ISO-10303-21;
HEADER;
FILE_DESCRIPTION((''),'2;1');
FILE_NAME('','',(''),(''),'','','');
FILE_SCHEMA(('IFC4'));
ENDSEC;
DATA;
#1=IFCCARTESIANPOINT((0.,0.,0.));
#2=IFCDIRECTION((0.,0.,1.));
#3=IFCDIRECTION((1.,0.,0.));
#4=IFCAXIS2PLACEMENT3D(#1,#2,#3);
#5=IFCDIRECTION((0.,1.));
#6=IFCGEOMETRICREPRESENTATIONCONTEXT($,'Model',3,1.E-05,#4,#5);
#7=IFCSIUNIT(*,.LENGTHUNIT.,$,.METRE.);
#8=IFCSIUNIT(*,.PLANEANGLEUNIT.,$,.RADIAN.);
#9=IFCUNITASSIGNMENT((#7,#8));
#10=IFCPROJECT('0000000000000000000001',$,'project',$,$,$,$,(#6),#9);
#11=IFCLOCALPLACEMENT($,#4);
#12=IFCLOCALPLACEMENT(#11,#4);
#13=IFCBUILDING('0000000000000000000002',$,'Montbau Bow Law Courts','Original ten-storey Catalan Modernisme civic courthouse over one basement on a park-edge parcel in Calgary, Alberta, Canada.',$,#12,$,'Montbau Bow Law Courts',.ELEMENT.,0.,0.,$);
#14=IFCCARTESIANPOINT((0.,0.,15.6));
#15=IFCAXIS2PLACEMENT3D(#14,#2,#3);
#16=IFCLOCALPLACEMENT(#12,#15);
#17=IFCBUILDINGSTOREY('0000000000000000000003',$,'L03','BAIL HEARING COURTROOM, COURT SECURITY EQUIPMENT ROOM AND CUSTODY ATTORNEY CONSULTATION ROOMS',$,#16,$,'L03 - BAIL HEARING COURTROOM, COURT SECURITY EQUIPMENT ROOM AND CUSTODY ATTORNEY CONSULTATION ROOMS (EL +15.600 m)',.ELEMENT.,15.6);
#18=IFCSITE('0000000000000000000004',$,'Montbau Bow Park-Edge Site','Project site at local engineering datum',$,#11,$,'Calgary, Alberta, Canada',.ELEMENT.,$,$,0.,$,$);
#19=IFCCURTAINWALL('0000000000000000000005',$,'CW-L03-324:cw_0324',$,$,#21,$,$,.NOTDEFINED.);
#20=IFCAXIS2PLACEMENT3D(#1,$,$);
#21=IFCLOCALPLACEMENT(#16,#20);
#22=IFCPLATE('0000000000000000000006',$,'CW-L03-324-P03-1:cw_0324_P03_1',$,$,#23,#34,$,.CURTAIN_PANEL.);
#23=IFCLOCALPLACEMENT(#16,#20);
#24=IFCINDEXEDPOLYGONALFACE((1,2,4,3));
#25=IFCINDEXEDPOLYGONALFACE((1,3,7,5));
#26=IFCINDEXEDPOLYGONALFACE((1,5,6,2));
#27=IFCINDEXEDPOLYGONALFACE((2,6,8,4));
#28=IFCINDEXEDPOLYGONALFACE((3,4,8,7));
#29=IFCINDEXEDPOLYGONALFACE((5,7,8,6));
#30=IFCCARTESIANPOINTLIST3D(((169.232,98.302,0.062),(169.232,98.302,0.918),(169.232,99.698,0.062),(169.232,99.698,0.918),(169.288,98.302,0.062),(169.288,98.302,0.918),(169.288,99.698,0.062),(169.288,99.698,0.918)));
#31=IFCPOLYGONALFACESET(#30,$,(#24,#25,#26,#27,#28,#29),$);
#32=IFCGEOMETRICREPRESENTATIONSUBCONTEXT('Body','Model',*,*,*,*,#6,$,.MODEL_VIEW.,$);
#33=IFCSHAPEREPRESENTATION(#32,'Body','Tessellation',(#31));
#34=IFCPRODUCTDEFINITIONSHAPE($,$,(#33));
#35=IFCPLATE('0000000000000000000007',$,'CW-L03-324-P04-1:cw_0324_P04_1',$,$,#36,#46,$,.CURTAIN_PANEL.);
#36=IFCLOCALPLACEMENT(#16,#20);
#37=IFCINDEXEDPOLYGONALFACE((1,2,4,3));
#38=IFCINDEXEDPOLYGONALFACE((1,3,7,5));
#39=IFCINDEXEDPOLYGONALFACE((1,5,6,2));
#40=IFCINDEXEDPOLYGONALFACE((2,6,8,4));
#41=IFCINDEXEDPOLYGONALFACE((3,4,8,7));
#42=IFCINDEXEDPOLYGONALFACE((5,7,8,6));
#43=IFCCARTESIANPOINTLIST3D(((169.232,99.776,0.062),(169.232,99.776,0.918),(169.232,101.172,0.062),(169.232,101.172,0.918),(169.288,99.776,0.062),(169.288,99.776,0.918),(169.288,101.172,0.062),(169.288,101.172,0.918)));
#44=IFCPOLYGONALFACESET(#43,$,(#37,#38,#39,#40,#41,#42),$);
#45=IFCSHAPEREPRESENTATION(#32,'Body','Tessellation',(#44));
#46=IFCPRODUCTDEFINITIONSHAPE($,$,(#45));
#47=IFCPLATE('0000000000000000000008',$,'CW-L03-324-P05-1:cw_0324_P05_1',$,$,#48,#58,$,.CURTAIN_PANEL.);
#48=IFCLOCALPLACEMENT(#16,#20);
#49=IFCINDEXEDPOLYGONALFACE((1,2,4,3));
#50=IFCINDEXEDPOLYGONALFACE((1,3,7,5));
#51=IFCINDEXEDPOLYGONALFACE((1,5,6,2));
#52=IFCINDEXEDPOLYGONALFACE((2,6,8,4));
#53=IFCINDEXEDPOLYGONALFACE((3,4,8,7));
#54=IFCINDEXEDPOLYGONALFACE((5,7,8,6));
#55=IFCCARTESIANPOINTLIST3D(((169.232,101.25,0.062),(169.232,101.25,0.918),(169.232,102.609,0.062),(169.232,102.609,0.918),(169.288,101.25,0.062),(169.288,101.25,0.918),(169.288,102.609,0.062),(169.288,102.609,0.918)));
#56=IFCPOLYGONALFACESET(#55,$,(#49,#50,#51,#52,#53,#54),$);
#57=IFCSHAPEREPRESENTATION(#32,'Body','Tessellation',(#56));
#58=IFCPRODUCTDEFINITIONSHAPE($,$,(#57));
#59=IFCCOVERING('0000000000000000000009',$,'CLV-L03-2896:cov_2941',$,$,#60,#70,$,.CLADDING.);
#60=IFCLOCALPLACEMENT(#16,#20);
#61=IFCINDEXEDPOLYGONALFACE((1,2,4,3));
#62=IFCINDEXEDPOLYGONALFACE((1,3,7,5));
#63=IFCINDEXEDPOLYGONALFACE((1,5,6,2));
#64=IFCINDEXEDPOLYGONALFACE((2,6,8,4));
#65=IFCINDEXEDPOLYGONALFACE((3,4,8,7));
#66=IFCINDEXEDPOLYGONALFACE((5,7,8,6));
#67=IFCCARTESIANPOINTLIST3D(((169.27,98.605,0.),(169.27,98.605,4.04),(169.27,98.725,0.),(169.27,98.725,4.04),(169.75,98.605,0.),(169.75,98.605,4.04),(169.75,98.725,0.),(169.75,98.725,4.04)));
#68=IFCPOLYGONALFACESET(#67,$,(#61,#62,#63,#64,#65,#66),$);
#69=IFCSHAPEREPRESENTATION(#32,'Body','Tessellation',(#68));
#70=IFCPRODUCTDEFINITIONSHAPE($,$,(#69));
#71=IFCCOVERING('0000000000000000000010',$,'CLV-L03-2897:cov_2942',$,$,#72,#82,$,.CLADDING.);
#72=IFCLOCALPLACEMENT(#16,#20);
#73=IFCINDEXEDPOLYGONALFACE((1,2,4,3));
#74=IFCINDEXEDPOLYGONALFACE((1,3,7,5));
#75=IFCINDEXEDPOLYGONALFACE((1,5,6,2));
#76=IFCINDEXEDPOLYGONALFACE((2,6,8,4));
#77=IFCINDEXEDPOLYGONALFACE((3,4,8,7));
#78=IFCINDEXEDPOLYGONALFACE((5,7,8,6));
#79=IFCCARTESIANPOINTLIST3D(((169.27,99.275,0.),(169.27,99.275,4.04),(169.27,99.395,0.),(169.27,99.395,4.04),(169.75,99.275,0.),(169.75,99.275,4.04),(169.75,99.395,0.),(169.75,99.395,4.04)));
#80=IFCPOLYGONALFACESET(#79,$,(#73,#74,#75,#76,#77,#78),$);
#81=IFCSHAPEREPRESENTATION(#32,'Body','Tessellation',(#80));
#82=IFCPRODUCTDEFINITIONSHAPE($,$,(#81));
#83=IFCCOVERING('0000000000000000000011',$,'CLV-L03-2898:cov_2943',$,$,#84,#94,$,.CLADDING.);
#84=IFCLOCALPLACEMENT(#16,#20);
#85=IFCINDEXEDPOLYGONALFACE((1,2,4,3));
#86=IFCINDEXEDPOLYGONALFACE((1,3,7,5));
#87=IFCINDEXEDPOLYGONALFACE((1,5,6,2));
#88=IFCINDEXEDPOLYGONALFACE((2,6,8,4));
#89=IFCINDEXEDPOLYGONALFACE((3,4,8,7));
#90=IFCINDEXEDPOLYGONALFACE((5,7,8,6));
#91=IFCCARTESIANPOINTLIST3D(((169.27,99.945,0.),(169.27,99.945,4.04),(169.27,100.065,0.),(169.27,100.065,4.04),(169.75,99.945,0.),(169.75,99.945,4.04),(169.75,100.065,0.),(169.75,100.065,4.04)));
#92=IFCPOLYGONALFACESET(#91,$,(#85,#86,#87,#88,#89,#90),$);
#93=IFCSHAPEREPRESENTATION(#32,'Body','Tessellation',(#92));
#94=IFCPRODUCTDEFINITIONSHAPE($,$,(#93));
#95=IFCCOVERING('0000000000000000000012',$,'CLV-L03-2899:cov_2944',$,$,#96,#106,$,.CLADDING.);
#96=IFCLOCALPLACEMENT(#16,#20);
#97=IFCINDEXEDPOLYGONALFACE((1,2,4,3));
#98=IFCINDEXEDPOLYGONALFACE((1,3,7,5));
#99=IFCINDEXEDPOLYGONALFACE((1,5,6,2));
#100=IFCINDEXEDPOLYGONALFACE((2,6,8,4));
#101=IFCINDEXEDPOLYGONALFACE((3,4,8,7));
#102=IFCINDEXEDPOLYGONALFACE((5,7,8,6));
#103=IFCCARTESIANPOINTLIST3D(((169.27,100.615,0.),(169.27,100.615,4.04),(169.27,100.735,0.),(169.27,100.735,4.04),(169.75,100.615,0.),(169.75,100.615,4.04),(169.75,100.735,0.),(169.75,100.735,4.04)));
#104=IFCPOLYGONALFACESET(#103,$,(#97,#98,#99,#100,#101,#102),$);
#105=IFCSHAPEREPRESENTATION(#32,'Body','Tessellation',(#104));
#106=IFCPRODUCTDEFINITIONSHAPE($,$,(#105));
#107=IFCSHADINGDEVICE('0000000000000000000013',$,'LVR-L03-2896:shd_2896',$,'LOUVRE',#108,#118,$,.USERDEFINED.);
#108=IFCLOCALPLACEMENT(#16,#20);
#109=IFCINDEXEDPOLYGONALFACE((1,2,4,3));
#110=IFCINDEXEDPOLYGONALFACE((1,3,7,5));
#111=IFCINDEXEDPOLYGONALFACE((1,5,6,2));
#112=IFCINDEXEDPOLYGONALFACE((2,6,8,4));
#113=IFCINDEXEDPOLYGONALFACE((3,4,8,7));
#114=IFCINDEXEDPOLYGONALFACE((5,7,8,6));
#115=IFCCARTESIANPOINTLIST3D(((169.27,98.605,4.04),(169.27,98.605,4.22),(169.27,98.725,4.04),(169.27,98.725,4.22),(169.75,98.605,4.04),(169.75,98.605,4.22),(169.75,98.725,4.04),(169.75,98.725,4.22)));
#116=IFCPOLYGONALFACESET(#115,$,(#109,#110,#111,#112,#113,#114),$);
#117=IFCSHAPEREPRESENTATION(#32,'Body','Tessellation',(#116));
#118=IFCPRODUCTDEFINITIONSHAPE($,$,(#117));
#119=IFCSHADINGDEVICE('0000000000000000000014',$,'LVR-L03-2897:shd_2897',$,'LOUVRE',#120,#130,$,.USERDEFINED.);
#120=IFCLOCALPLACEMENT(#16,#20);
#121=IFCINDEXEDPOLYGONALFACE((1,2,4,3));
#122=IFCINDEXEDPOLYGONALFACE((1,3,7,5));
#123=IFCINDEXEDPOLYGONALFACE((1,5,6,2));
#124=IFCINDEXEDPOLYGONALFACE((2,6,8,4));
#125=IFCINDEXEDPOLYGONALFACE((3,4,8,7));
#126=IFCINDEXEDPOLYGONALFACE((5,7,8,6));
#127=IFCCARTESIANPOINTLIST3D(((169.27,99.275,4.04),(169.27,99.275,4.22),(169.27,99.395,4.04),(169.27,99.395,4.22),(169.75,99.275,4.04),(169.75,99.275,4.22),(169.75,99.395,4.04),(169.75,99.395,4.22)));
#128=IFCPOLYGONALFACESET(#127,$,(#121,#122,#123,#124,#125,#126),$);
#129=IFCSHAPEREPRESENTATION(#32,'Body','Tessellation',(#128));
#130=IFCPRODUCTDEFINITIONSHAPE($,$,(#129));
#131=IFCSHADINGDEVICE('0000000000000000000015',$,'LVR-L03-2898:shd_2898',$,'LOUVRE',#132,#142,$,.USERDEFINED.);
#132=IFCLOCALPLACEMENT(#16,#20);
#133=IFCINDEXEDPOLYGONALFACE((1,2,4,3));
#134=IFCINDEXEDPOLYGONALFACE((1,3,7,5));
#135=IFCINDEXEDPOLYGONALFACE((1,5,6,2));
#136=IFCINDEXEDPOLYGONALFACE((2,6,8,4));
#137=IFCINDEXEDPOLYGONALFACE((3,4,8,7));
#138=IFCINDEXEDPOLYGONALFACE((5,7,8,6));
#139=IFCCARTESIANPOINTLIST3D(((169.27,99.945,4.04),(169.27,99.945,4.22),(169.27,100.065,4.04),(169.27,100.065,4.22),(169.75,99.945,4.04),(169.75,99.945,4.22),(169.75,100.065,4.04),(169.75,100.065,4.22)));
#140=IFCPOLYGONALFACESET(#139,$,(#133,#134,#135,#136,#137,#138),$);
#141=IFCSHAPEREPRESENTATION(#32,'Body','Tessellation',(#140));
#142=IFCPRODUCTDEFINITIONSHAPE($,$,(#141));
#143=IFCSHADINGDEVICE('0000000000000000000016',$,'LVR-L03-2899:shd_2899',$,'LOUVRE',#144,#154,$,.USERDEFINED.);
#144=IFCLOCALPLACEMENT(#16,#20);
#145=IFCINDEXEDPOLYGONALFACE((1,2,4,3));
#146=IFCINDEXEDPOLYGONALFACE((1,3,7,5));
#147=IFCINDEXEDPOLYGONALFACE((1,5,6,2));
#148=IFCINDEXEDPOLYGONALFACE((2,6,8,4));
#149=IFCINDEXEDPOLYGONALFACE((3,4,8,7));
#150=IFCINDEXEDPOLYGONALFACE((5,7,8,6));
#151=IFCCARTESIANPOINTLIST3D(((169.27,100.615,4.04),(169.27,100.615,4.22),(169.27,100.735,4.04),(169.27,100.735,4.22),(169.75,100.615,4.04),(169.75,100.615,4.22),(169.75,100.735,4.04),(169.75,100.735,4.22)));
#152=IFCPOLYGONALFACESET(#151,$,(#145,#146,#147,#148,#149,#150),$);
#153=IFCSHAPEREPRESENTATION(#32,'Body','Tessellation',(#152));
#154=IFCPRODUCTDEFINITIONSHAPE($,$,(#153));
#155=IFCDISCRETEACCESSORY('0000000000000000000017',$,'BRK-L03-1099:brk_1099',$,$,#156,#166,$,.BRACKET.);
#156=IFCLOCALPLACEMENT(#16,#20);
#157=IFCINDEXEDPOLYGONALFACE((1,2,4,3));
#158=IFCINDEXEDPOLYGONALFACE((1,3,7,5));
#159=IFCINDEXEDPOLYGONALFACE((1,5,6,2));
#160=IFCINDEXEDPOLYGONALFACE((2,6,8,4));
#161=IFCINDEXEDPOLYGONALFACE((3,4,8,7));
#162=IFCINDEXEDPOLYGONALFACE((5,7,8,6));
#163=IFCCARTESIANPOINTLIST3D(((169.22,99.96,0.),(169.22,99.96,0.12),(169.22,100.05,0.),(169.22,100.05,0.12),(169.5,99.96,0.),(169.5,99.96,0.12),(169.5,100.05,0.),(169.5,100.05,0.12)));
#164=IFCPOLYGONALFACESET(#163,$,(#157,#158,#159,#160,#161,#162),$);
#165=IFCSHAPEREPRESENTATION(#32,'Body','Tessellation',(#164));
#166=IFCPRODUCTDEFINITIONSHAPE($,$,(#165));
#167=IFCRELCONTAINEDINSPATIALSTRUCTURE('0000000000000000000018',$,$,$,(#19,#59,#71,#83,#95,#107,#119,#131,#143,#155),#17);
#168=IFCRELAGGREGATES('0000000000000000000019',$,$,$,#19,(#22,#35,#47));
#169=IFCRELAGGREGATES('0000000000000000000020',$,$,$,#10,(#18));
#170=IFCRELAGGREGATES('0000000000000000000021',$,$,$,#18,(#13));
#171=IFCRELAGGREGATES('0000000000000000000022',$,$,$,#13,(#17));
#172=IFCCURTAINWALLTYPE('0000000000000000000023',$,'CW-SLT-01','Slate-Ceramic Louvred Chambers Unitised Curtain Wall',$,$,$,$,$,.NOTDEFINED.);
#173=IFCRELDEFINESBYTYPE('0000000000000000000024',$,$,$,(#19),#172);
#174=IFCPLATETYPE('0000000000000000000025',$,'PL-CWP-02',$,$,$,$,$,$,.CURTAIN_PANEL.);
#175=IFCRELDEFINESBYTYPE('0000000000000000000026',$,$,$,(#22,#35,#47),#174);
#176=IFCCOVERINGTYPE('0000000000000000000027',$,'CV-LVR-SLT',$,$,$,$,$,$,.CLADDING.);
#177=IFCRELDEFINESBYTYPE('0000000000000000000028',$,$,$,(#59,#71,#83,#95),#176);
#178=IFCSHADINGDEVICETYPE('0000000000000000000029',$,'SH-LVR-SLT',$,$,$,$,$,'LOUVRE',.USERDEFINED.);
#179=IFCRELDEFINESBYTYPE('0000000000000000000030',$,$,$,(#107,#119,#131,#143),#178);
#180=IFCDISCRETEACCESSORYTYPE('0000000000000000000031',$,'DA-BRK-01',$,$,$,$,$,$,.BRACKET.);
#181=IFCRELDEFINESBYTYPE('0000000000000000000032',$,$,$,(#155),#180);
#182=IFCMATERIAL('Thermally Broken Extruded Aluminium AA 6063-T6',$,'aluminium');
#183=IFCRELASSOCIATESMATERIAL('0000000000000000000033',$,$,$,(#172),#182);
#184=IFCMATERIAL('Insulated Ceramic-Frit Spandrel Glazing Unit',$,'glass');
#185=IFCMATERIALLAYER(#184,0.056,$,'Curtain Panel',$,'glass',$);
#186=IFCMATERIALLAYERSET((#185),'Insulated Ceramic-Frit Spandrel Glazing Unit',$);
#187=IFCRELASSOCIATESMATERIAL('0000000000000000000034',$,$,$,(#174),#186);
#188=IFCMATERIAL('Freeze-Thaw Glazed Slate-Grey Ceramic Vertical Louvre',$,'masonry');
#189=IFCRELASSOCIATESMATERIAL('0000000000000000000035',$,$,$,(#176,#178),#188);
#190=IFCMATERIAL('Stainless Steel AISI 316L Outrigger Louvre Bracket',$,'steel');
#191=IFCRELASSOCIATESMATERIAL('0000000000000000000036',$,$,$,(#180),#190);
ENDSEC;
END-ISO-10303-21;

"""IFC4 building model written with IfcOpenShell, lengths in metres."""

from ifc_helpers import new_model, si_unit, direction, frame, frame_2d, origin_with_axes, origin_2d_with_axis, place, context, subcontext, project, spatial, rectangle, extrude, material, layer, layer_set, type_object, element, aggregate, save


model = new_model("IFC4")

# Units and contexts
model_context = context("Model", 3, precision=1e-05, world=origin_with_axes(), true_north=direction((0.0, 1.0)))
body_context = subcontext(model_context, "Body", "Model", "MODEL_VIEW")
ifc_project = project(units=[si_unit("LENGTHUNIT", "METRE"), si_unit("PLANEANGLEUNIT", "RADIAN")], contexts=[model_context])

# Site, building, storey
site_placement = place(None, origin_with_axes())
site = spatial("IfcSite", under=ifc_project, at=site_placement, Name="Montbau Bow Park-Edge Site", Description="Project site at local engineering datum", LongName="Calgary, Alberta, Canada", CompositionType="ELEMENT", RefElevation=0.0)
building_placement = place(site_placement, origin_with_axes())
building = spatial("IfcBuilding", under=site, at=building_placement, Name="Montbau Bow Law Courts", Description="Original ten-storey Catalan Modernisme civic courthouse over one basement on a park-edge parcel in Calgary, Alberta, Canada.", LongName="Montbau Bow Law Courts", CompositionType="ELEMENT", ElevationOfRefHeight=0.0, ElevationOfTerrain=0.0)
storey_placement = place(building_placement, frame((0.0, 0.0, 15.6), z_axis=(0.0, 0.0, 1.0), x_axis=(1.0, 0.0, 0.0)))
storey = spatial("IfcBuildingStorey", under=building, at=storey_placement, Name="L03", Description="BAIL HEARING COURTROOM, COURT SECURITY EQUIPMENT ROOM AND CUSTODY ATTORNEY CONSULTATION ROOMS", LongName="L03 - BAIL HEARING COURTROOM, COURT SECURITY EQUIPMENT ROOM AND CUSTODY ATTORNEY CONSULTATION ROOMS (EL +15.600 m)", CompositionType="ELEMENT", Elevation=15.6)

# Curtain wall, plates
ifc_material_1 = material(Name="Thermally Broken Extruded Aluminium AA 6063-T6", Category="aluminium")
curtain_wall_type = type_object("IfcCurtainWallType", Name="CW-SLT-01", Description="Slate-Ceramic Louvred Chambers Unitised Curtain Wall", PredefinedType="NOTDEFINED", material=ifc_material_1)
curtain_wall_placement = place(None, frame((169.26, 95.315, 15.6), z_axis=(0.0, 0.0, 1.0), x_axis=(1.0, 0.0, 0.0)))
curtain_wall = element("IfcCurtainWall", 1, at=curtain_wall_placement, inside=storey, type_object=curtain_wall_type, Name="CW-L03-324:cw_0324", PredefinedType="NOTDEFINED")
ifc_material_2 = material(Name="Insulated Ceramic-Frit Spandrel Glazing Unit", Category="glass")
ifc_layer_1 = layer(ifc_material_2, 0.056, Name="Curtain Panel", Category="glass")
ifc_layer_set_1 = layer_set([ifc_layer_1], Name="Insulated Ceramic-Frit Spandrel Glazing Unit")
plate_type_1 = type_object("IfcPlateType", Name="PL-CWP-02", PredefinedType="CURTAIN_PANEL", material=ifc_layer_set_1)
plate_1_placement = place(None, frame((169.26, 98.302, 15.662), z_axis=(1.0, 0.0, 0.0), x_axis=(0.0, 1.0, 0.0)))
plate_1 = element("IfcPlate", 2, at=plate_1_placement, type_object=plate_type_1, Name="CW-L03-324-P03-1:cw_0324_P03_1", PredefinedType="CURTAIN_PANEL", context=body_context, shape_type="SweptSolid", body=[
    extrude(rectangle(XDim=1.396, YDim=0.856, at=frame_2d((0.698, 0.428), x_axis=(1.0, 0.0))), frame((0.0, 0.0, -0.028), z_axis=(0.0, 0.0, 1.0), x_axis=(1.0, 0.0, 0.0)), (0.0, 0.0, 1.0), 0.056),
])
plate_2_placement = place(None, frame((169.26, 99.776, 15.662), z_axis=(1.0, 0.0, 0.0), x_axis=(0.0, 1.0, 0.0)))
plate_2 = element("IfcPlate", 3, at=plate_2_placement, type_object=plate_type_1, Name="CW-L03-324-P04-1:cw_0324_P04_1", PredefinedType="CURTAIN_PANEL", context=body_context, shape_type="SweptSolid", body=[
    extrude(rectangle(XDim=1.396, YDim=0.856, at=frame_2d((0.698, 0.428), x_axis=(1.0, 0.0))), frame((0.0, 0.0, -0.028), z_axis=(0.0, 0.0, 1.0), x_axis=(1.0, 0.0, 0.0)), (0.0, 0.0, 1.0), 0.056),
])
plate_3_placement = place(None, frame((169.26, 101.25, 15.662), z_axis=(1.0, 0.0, 0.0), x_axis=(0.0, 1.0, 0.0)))
plate_3 = element("IfcPlate", 4, at=plate_3_placement, type_object=plate_type_1, Name="CW-L03-324-P05-1:cw_0324_P05_1", PredefinedType="CURTAIN_PANEL", context=body_context, shape_type="SweptSolid", body=[
    extrude(rectangle(XDim=1.359, YDim=0.856, at=frame_2d((0.6795, 0.428), x_axis=(1.0, 0.0))), frame((0.0, 0.0, -0.028), z_axis=(0.0, 0.0, 1.0), x_axis=(1.0, 0.0, 0.0)), (0.0, 0.0, 1.0), 0.056),
])
aggregate(curtain_wall, [plate_1, plate_2, plate_3])

# Coverings
ifc_material_3 = material(Name="Freeze-Thaw Glazed Slate-Grey Ceramic Vertical Louvre", Category="masonry")
covering_type = type_object("IfcCoveringType", Name="CV-LVR-SLT", PredefinedType="CLADDING", material=ifc_material_3)
for number, where, z_axis, x_axis, name in (
    (5, (169.27, 98.665, 15.6), (0.0, -1.0, 0.0), (1.0, 0.0, 0.0), "CLV-L03-2896:cov_2941"),
    (6, (169.27, 99.335, 15.6), (0.0, -1.0, 0.0), (1.0, 0.0, 0.0), "CLV-L03-2897:cov_2942"),
    (7, (169.27, 100.005, 15.6), (0.0, -1.0, 0.0), (1.0, 0.0, 0.0), "CLV-L03-2898:cov_2943"),
    (8, (169.27, 100.675, 15.6), (0.0, -1.0, 0.0), (1.0, 0.0, 0.0), "CLV-L03-2899:cov_2944"),
):
    element("IfcCovering", number, at=place(None, frame(where, z_axis=z_axis, x_axis=x_axis)), inside=storey, type_object=covering_type, Name=name, PredefinedType="CLADDING", context=body_context, shape_type="SweptSolid", body=[
        extrude(rectangle(XDim=0.48, YDim=4.04, at=frame_2d((0.24, 2.02), x_axis=(1.0, 0.0))), frame((0.0, 0.0, -0.06), z_axis=(0.0, 0.0, 1.0), x_axis=(1.0, 0.0, 0.0)), (0.0, 0.0, 1.0), 0.12),
    ])

# Shading devices
shading_device_type = type_object("IfcShadingDeviceType", Name="SH-LVR-SLT", ElementType="LOUVRE", PredefinedType="USERDEFINED", material=ifc_material_3)
for number, where, z_axis, x_axis, name in (
    (9, (169.51, 98.665, 19.64), (0.0, 0.0, 1.0), (1.0, 0.0, 0.0), "LVR-L03-2896:shd_2896"),
    (10, (169.51, 99.335, 19.64), (0.0, 0.0, 1.0), (1.0, 0.0, 0.0), "LVR-L03-2897:shd_2897"),
    (11, (169.51, 100.005, 19.64), (0.0, 0.0, 1.0), (1.0, 0.0, 0.0), "LVR-L03-2898:shd_2898"),
    (12, (169.51, 100.675, 19.64), (0.0, 0.0, 1.0), (1.0, 0.0, 0.0), "LVR-L03-2899:shd_2899"),
):
    element("IfcShadingDevice", number, at=place(None, frame(where, z_axis=z_axis, x_axis=x_axis)), inside=storey, type_object=shading_device_type, Name=name, ObjectType="LOUVRE", PredefinedType="USERDEFINED", context=body_context, shape_type="SweptSolid", body=[
        extrude(rectangle(XDim=0.48, YDim=0.12, at=origin_2d_with_axis()), origin_with_axes(), (0.0, 0.0, 1.0), 0.18),
    ])

# Discrete accessory
ifc_material_4 = material(Name="Stainless Steel AISI 316L Outrigger Louvre Bracket", Category="steel")
discrete_accessory_type = type_object("IfcDiscreteAccessoryType", Name="DA-BRK-01", PredefinedType="BRACKET", material=ifc_material_4)
discrete_accessory_placement = place(None, frame((169.36, 100.005, 15.6), z_axis=(0.0, 0.0, 1.0), x_axis=(1.0, 0.0, 0.0)))
element("IfcDiscreteAccessory", 13, at=discrete_accessory_placement, inside=storey, type_object=discrete_accessory_type, Name="BRK-L03-1099:brk_1099", PredefinedType="BRACKET", context=body_context, shape_type="SweptSolid", body=[
    extrude(rectangle(XDim=0.28, YDim=0.09, at=origin_2d_with_axis()), origin_with_axes(), (0.0, 0.0, 1.0), 0.12),
])

save(model, "model.ifc")
